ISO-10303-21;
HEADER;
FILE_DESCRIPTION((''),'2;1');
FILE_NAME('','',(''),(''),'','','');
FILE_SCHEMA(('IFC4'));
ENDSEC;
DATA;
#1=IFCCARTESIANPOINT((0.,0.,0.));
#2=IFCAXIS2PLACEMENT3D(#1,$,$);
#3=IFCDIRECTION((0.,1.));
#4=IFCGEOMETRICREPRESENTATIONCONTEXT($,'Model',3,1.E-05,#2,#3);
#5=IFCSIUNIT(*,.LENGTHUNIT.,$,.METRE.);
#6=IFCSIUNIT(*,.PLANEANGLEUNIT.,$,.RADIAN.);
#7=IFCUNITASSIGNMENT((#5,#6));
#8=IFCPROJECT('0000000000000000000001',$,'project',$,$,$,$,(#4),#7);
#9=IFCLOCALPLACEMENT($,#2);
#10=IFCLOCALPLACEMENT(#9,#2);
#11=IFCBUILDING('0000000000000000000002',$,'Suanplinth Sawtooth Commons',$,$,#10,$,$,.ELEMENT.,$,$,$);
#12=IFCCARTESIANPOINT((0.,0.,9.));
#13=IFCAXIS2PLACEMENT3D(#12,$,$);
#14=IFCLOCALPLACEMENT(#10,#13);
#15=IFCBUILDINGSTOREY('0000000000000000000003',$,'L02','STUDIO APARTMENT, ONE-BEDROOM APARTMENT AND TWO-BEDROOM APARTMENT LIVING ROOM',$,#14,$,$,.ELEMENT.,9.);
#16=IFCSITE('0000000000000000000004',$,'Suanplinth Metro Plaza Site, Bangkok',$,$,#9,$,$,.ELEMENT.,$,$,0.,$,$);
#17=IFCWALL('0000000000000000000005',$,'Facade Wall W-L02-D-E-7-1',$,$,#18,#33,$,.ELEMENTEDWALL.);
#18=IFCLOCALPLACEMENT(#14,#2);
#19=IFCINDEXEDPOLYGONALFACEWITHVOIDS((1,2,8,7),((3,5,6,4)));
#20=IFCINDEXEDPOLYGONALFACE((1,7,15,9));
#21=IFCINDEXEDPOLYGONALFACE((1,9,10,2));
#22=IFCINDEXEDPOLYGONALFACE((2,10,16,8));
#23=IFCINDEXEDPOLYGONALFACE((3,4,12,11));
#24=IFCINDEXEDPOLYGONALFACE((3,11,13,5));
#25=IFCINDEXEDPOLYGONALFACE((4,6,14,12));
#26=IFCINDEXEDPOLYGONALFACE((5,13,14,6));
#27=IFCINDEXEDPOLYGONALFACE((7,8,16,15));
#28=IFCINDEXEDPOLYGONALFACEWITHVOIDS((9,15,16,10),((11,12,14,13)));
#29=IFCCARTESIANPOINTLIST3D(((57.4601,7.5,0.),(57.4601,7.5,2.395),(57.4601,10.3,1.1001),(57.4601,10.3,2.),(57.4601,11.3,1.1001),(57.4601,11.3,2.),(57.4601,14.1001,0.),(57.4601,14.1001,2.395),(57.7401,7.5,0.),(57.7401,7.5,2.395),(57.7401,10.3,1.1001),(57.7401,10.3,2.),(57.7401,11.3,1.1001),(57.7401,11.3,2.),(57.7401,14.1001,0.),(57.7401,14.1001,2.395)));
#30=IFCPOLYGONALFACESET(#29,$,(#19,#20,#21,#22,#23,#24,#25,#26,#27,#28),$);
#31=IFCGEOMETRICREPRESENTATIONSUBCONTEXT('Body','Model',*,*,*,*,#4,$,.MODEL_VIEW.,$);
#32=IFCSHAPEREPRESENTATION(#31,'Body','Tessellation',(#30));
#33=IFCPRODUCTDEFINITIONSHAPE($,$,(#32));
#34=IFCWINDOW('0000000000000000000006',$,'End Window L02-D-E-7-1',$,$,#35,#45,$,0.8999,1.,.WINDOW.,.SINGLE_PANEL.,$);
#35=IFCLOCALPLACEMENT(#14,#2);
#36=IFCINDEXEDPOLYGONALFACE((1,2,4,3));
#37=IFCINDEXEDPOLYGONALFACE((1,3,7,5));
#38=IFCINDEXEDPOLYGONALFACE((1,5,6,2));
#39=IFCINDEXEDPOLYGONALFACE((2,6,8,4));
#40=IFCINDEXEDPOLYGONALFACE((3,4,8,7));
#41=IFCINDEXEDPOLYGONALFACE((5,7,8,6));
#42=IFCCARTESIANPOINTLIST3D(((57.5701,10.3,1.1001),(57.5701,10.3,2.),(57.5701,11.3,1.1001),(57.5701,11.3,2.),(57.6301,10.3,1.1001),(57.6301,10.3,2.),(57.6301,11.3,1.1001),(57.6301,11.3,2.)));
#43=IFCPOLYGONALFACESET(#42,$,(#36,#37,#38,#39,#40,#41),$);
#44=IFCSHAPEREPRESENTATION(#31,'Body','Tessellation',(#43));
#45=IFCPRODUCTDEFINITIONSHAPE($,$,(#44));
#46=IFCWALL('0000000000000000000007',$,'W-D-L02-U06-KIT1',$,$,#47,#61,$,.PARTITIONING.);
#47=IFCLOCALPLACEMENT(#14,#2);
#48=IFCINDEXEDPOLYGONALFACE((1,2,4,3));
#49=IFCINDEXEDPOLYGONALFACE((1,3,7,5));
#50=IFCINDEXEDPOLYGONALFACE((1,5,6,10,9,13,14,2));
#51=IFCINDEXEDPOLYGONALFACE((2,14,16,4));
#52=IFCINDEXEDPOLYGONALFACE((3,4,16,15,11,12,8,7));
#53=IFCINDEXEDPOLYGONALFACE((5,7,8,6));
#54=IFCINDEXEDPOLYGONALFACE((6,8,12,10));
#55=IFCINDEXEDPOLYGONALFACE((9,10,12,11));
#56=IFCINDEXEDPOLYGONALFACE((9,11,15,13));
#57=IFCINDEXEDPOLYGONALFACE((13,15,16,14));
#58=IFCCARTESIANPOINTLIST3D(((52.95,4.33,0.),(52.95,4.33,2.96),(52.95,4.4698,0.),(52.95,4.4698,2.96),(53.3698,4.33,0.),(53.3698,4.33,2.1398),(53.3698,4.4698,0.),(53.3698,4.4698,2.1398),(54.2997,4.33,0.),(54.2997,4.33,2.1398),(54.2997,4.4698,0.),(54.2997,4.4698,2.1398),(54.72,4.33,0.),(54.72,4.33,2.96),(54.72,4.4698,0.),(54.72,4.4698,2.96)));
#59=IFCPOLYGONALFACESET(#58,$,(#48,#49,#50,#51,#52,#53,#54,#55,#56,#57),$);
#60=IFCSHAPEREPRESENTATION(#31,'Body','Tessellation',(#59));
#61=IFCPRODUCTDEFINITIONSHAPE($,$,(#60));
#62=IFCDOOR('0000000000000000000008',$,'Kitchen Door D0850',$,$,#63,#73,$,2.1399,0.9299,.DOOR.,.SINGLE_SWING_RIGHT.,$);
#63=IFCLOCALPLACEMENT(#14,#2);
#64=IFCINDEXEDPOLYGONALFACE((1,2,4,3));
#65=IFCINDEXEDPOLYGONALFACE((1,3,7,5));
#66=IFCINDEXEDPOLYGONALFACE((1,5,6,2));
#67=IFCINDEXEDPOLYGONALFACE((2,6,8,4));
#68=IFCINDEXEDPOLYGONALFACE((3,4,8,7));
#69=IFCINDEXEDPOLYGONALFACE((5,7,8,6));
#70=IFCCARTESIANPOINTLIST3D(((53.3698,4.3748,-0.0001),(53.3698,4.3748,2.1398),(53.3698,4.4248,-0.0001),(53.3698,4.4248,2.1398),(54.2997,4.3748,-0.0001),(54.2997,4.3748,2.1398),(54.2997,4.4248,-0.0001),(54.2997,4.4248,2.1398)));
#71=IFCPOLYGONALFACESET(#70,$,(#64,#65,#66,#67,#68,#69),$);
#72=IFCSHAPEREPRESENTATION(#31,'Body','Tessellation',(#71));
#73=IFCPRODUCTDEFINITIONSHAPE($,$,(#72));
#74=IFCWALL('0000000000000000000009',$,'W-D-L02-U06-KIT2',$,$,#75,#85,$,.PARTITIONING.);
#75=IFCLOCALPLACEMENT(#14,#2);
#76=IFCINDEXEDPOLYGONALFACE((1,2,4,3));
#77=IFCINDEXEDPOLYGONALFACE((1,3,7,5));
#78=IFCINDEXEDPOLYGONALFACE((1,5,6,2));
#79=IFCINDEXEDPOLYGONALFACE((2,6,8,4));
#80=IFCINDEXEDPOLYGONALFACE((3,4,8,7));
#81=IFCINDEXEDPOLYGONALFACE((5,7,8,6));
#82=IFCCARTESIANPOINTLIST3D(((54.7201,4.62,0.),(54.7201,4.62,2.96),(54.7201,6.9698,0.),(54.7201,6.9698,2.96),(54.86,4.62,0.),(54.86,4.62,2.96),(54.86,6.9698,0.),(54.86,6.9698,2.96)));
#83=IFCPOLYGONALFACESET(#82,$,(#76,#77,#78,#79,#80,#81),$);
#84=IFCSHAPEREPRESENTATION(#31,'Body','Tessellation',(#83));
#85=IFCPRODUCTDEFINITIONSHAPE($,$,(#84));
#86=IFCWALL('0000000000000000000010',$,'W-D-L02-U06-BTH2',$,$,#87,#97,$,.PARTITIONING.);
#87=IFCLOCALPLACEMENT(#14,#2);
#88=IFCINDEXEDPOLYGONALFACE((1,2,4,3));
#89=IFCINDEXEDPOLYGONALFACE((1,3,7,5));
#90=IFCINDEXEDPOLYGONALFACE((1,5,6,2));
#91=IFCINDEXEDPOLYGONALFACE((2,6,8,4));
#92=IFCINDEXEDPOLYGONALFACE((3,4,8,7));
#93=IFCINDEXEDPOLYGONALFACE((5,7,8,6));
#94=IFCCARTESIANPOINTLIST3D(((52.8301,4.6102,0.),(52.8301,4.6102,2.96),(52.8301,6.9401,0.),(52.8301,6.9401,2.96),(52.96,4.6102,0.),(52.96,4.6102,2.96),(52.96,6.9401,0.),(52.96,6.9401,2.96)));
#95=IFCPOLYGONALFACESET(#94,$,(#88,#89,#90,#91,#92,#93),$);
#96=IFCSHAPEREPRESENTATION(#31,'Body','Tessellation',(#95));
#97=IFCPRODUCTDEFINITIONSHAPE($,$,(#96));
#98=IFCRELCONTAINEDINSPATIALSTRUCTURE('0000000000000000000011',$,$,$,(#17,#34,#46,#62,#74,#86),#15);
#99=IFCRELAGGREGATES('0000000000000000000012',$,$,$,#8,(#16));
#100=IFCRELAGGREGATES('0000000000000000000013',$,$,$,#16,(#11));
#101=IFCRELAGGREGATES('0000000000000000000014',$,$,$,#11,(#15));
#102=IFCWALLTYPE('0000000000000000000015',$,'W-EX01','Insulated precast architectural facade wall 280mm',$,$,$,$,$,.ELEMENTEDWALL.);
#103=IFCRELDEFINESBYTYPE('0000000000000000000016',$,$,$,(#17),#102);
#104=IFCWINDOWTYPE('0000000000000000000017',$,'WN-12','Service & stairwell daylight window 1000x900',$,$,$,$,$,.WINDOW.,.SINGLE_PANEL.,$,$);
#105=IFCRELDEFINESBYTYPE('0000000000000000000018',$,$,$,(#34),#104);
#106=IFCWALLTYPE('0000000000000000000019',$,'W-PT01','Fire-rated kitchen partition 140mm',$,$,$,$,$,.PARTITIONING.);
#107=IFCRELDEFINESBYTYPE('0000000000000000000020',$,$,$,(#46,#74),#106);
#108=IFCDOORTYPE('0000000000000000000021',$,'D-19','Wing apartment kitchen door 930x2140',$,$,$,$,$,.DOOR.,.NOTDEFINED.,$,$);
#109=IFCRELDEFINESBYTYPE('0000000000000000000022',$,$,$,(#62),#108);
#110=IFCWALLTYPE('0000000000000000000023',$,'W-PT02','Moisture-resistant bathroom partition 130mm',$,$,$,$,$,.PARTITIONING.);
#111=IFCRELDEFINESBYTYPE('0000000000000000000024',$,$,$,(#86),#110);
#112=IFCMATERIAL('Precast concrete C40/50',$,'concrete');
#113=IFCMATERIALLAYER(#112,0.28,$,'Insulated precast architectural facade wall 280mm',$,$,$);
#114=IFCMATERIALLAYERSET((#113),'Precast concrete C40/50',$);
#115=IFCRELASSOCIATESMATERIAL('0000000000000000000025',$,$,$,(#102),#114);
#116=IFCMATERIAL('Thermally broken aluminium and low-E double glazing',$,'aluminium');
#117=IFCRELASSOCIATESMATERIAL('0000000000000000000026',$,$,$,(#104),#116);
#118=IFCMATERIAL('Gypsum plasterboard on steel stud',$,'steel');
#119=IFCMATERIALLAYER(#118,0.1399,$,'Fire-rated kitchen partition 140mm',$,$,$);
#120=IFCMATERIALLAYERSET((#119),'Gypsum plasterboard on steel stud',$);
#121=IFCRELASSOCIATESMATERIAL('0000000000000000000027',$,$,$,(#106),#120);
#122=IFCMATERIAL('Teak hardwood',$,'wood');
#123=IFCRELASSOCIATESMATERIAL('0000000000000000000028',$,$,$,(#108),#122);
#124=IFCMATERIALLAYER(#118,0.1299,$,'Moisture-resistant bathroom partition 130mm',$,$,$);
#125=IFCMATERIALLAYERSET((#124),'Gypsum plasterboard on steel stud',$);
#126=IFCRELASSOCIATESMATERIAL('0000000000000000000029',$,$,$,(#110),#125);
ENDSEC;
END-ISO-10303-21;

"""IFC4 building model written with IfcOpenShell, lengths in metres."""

from ifc_helpers import new_model, si_unit, direction, frame, frame_2d, origin, place, context, subcontext, project, spatial, rectangle, extrude, material, layer, layer_set, type_object, element, fill, save


model = new_model("IFC4")

# Units and contexts
model_context = context("Model", 3, precision=1e-05, world=origin(), true_north=direction((0.0, 1.0)))
body_context = subcontext(model_context, "Body", "Model", "MODEL_VIEW")
ifc_project = project(units=[si_unit("LENGTHUNIT", "METRE"), si_unit("PLANEANGLEUNIT", "RADIAN")], contexts=[model_context])

# Site, building, storey
site_placement = place(None, origin())
site = spatial("IfcSite", under=ifc_project, at=site_placement, Name="Suanplinth Metro Plaza Site, Bangkok", CompositionType="ELEMENT", RefElevation=0.0)
building_placement = place(site_placement, origin())
building = spatial("IfcBuilding", under=site, at=building_placement, Name="Suanplinth Sawtooth Commons", CompositionType="ELEMENT")
storey_placement = place(building_placement, frame((0.0, 0.0, 9.0)))
storey = spatial("IfcBuildingStorey", under=building, at=storey_placement, Name="L02", Description="STUDIO APARTMENT, ONE-BEDROOM APARTMENT AND TWO-BEDROOM APARTMENT LIVING ROOM", CompositionType="ELEMENT", Elevation=9.0)

# Shared definitions
ifc_material_1 = material(Name="Precast concrete C40/50", Category="concrete")

# Shared definitions
ifc_layer_1 = layer(ifc_material_1, 0.28, Name="Insulated precast architectural facade wall 280mm")
ifc_layer_set_1 = layer_set([ifc_layer_1], Name="Precast concrete C40/50")
wall_type_1 = type_object("IfcWallType", Name="W-EX01", Description="Insulated precast architectural facade wall 280mm", PredefinedType="ELEMENTEDWALL", material=ifc_layer_set_1)
ifc_material_2 = material(Name="Thermally broken aluminium and low-E double glazing", Category="aluminium")

# Wall, opening, window
wall_1_placement = place(storey_placement, frame((57.6001, 7.5, 0.0), z_axis=(0.0, 0.0, 1.0), x_axis=(0.0, 1.0, 0.0)))
wall_1 = element("IfcWall", 1, at=wall_1_placement, inside=storey, type_object=wall_type_1, Name="Facade Wall W-L02-D-E-7-1", PredefinedType="ELEMENTEDWALL", context=body_context, shape_type="SweptSolid", body=[
    extrude(rectangle(XDim=6.6001, YDim=0.28, at=frame_2d((3.3, 0.0))), origin(), (0.0, 0.0, 1.0), 2.395),
])
opening_1_placement = place(wall_1_placement, frame((2.8, 0.0, 1.1001)))
opening_1 = element("IfcOpeningElement", 2, at=opening_1_placement, cuts=wall_1, PredefinedType="OPENING", context=body_context, shape_type="SweptSolid", body=[
    extrude(rectangle(XDim=1.0, YDim=0.8999, at=frame_2d((0.5, 0.45))), frame((0.0, 0.1548, 0.0), z_axis=(0.0, -1.0, 0.0), x_axis=(1.0, 0.0, 0.0)), (0.0, 0.0, 1.0), 0.3098),
])
window_type_1 = type_object("IfcWindowType", Name="WN-12", Description="Service & stairwell daylight window 1000x900", PartitioningType="SINGLE_PANEL", PredefinedType="WINDOW", material=ifc_material_2)
window_1_placement = place(opening_1_placement, origin())
window_1 = element("IfcWindow", 3, at=window_1_placement, inside=storey, type_object=window_type_1, Name="End Window L02-D-E-7-1", OverallHeight=0.8999, OverallWidth=1.0, PartitioningType="SINGLE_PANEL", PredefinedType="WINDOW", context=body_context, shape_type="SweptSolid", body=[
    extrude(rectangle(XDim=1.0, YDim=0.8999, at=frame_2d((0.5, 0.45))), frame((0.0, 0.03, 0.0), z_axis=(0.0, -1.0, 0.0), x_axis=(1.0, 0.0, 0.0)), (0.0, 0.0, 1.0), 0.0601),
])
fill(opening_1, window_1)

# Wall, opening, door
ifc_material_3 = material(Name="Gypsum plasterboard on steel stud", Category="steel")
ifc_layer_2 = layer(ifc_material_3, 0.1399, Name="Fire-rated kitchen partition 140mm")
ifc_layer_set_2 = layer_set([ifc_layer_2], Name="Gypsum plasterboard on steel stud")
wall_type_2 = type_object("IfcWallType", Name="W-PT01", Description="Fire-rated kitchen partition 140mm", PredefinedType="PARTITIONING", material=ifc_layer_set_2)
wall_2_placement = place(storey_placement, frame((52.95, 4.3999, 0.0), z_axis=(0.0, 0.0, 1.0), x_axis=(1.0, 0.0, 0.0)))
wall_2 = element("IfcWall", 4, at=wall_2_placement, inside=storey, type_object=wall_type_2, Name="W-D-L02-U06-KIT1", PredefinedType="PARTITIONING", context=body_context, shape_type="SweptSolid", body=[
    extrude(rectangle(XDim=1.77, YDim=0.1399, at=frame_2d((0.885, 0.0))), origin(), (0.0, 0.0, 1.0), 2.96),
])
opening_2_placement = place(wall_2_placement, frame((0.4199, 0.0, 0.0)))
opening_2 = element("IfcOpeningElement", 5, at=opening_2_placement, cuts=wall_2, PredefinedType="OPENING", context=body_context, shape_type="SweptSolid", body=[
    extrude(rectangle(XDim=0.9299, YDim=2.1399, at=frame_2d((0.4648, 1.0698))), frame((0.0, 0.085, 0.0), z_axis=(0.0, -1.0, 0.0), x_axis=(1.0, 0.0, 0.0)), (0.0, 0.0, 1.0), 0.1697),
])
ifc_material_4 = material(Name="Teak hardwood", Category="wood")
door_type_1 = type_object("IfcDoorType", Name="D-19", Description="Wing apartment kitchen door 930x2140", OperationType="NOTDEFINED", PredefinedType="DOOR", material=ifc_material_4)
door_1_placement = place(opening_2_placement, origin())
door_1 = element("IfcDoor", 6, at=door_1_placement, inside=storey, type_object=door_type_1, Name="Kitchen Door D0850", OperationType="SINGLE_SWING_RIGHT", OverallHeight=2.1399, OverallWidth=0.9299, PredefinedType="DOOR", context=body_context, shape_type="SweptSolid", body=[
    extrude(rectangle(XDim=0.9299, YDim=2.1399, at=frame_2d((0.4648, 1.0698))), frame((0.0, 0.0249, 0.0), z_axis=(0.0, -1.0, 0.0), x_axis=(1.0, 0.0, 0.0)), (0.0, 0.0, 1.0), 0.05),
])
fill(opening_2, door_1)

# Walls
wall_3_placement = place(storey_placement, frame((54.79, 4.6201, 0.0), z_axis=(0.0, 0.0, 1.0), x_axis=(0.0, 1.0, 0.0)))
element("IfcWall", 7, at=wall_3_placement, inside=storey, type_object=wall_type_2, Name="W-D-L02-U06-KIT2", PredefinedType="PARTITIONING", context=body_context, shape_type="SweptSolid", body=[
    extrude(rectangle(XDim=2.3499, YDim=0.1399, at=frame_2d((1.1748, 0.0))), origin(), (0.0, 0.0, 1.0), 2.96),
])
ifc_layer_3 = layer(ifc_material_3, 0.1299, Name="Moisture-resistant bathroom partition 130mm")
ifc_layer_set_3 = layer_set([ifc_layer_3], Name="Gypsum plasterboard on steel stud")
wall_type_3 = type_object("IfcWallType", Name="W-PT02", Description="Moisture-resistant bathroom partition 130mm", PredefinedType="PARTITIONING", material=ifc_layer_set_3)
wall_4_placement = place(storey_placement, frame((52.895, 4.6101, 0.0), z_axis=(0.0, 0.0, 1.0), x_axis=(0.0, 1.0, 0.0)))
element("IfcWall", 8, at=wall_4_placement, inside=storey, type_object=wall_type_3, Name="W-D-L02-U06-BTH2", PredefinedType="PARTITIONING", context=body_context, shape_type="SweptSolid", body=[
    extrude(rectangle(XDim=2.3298, YDim=0.1299, at=frame_2d((1.165, 0.0))), origin(), (0.0, 0.0, 1.0), 2.96),
])

save(model, "model.ifc")
